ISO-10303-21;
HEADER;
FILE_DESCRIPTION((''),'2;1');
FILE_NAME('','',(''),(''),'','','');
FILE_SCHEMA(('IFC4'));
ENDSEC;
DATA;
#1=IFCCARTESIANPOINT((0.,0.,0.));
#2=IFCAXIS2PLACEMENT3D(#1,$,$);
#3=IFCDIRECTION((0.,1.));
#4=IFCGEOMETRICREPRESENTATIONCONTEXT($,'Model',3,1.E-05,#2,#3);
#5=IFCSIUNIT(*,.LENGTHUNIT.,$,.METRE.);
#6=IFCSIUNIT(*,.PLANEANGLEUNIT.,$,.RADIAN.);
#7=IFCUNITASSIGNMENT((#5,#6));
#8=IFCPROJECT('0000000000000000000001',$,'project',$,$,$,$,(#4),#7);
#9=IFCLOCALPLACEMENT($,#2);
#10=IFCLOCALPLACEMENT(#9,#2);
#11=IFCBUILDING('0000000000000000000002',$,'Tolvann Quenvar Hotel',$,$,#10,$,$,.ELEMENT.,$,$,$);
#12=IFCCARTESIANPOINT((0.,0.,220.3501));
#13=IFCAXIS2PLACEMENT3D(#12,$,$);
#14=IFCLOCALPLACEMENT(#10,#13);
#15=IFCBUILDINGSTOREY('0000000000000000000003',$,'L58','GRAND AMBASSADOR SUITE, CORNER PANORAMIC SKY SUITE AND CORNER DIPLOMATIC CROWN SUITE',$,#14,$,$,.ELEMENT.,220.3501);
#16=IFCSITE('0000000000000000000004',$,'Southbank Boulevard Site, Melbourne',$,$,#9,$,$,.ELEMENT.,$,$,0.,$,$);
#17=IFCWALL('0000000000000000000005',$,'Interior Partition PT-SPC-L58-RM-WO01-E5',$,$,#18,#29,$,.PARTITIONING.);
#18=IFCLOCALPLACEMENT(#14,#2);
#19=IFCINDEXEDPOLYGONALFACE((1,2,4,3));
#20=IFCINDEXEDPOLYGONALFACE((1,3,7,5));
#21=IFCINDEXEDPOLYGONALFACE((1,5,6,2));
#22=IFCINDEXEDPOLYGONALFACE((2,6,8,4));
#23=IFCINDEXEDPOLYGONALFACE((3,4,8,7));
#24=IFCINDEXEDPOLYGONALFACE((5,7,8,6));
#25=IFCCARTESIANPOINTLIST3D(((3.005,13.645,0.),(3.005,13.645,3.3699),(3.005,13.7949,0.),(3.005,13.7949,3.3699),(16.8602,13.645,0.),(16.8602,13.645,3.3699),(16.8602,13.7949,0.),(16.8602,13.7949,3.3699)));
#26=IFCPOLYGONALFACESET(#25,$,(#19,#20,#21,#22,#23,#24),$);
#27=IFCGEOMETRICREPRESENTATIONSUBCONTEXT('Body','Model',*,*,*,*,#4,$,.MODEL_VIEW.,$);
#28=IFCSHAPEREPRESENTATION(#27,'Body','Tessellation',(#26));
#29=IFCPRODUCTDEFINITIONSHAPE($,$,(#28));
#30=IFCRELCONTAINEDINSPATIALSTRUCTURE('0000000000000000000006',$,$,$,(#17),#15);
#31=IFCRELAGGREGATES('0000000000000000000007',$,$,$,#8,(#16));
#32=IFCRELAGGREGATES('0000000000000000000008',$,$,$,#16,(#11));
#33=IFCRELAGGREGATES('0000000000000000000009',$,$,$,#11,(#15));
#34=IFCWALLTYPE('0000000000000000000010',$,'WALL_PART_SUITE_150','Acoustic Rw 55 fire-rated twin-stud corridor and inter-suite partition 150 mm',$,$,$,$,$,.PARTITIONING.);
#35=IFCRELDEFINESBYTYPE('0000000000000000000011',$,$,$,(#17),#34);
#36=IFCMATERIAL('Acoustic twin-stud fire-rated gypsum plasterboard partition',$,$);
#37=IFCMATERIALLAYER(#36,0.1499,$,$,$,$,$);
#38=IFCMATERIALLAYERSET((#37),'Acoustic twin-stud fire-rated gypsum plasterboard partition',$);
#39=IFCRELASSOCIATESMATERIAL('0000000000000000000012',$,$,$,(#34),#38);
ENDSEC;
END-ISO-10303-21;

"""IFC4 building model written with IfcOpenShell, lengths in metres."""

from ifc_helpers import new_model, si_unit, direction, frame, frame_2d, origin, place, context, subcontext, project, spatial, rectangle, extrude, material, layer, layer_set, type_object, element, save


model = new_model("IFC4")

# Units and contexts
model_context = context("Model", 3, precision=1e-05, world=origin(), true_north=direction((0.0, 1.0)))
body_context = subcontext(model_context, "Body", "Model", "MODEL_VIEW")
ifc_project = project(units=[si_unit("LENGTHUNIT", "METRE"), si_unit("PLANEANGLEUNIT", "RADIAN")], contexts=[model_context])

# Site, building, storey
site_placement = place(None, origin())
site = spatial("IfcSite", under=ifc_project, at=site_placement, Name="Southbank Boulevard Site, Melbourne", CompositionType="ELEMENT", RefElevation=0.0)
building_placement = place(site_placement, origin())
building = spatial("IfcBuilding", under=site, at=building_placement, Name="Tolvann Quenvar Hotel", CompositionType="ELEMENT")
storey_placement = place(building_placement, frame((0.0, 0.0, 220.3501)))
storey = spatial("IfcBuildingStorey", under=building, at=storey_placement, Name="L58", Description="GRAND AMBASSADOR SUITE, CORNER PANORAMIC SKY SUITE AND CORNER DIPLOMATIC CROWN SUITE", CompositionType="ELEMENT", Elevation=220.3501)

# Shared definitions
ifc_material_1 = material(Name="Acoustic twin-stud fire-rated gypsum plasterboard partition")
ifc_layer_1 = layer(ifc_material_1, 0.1499)
ifc_layer_set_1 = layer_set([ifc_layer_1], Name="Acoustic twin-stud fire-rated gypsum plasterboard partition")
wall_type_1 = type_object("IfcWallType", Name="WALL_PART_SUITE_150", Description="Acoustic Rw 55 fire-rated twin-stud corridor and inter-suite partition 150 mm", PredefinedType="PARTITIONING", material=ifc_layer_set_1)

# Wall
wall_1_placement = place(storey_placement, frame((3.0049, 13.72, 0.0), z_axis=(0.0, 0.0, 1.0), x_axis=(1.0, 0.0, 0.0)))
element("IfcWall", 1, at=wall_1_placement, inside=storey, type_object=wall_type_1, Name="Interior Partition PT-SPC-L58-RM-WO01-E5", PredefinedType="PARTITIONING", context=body_context, shape_type="SweptSolid", body=[
    extrude(rectangle(XDim=13.8552, YDim=0.1499, at=frame_2d((6.9277, 0.0))), origin(), (0.0, 0.0, 1.0), 3.3699),
])

save(model, "model.ifc")
